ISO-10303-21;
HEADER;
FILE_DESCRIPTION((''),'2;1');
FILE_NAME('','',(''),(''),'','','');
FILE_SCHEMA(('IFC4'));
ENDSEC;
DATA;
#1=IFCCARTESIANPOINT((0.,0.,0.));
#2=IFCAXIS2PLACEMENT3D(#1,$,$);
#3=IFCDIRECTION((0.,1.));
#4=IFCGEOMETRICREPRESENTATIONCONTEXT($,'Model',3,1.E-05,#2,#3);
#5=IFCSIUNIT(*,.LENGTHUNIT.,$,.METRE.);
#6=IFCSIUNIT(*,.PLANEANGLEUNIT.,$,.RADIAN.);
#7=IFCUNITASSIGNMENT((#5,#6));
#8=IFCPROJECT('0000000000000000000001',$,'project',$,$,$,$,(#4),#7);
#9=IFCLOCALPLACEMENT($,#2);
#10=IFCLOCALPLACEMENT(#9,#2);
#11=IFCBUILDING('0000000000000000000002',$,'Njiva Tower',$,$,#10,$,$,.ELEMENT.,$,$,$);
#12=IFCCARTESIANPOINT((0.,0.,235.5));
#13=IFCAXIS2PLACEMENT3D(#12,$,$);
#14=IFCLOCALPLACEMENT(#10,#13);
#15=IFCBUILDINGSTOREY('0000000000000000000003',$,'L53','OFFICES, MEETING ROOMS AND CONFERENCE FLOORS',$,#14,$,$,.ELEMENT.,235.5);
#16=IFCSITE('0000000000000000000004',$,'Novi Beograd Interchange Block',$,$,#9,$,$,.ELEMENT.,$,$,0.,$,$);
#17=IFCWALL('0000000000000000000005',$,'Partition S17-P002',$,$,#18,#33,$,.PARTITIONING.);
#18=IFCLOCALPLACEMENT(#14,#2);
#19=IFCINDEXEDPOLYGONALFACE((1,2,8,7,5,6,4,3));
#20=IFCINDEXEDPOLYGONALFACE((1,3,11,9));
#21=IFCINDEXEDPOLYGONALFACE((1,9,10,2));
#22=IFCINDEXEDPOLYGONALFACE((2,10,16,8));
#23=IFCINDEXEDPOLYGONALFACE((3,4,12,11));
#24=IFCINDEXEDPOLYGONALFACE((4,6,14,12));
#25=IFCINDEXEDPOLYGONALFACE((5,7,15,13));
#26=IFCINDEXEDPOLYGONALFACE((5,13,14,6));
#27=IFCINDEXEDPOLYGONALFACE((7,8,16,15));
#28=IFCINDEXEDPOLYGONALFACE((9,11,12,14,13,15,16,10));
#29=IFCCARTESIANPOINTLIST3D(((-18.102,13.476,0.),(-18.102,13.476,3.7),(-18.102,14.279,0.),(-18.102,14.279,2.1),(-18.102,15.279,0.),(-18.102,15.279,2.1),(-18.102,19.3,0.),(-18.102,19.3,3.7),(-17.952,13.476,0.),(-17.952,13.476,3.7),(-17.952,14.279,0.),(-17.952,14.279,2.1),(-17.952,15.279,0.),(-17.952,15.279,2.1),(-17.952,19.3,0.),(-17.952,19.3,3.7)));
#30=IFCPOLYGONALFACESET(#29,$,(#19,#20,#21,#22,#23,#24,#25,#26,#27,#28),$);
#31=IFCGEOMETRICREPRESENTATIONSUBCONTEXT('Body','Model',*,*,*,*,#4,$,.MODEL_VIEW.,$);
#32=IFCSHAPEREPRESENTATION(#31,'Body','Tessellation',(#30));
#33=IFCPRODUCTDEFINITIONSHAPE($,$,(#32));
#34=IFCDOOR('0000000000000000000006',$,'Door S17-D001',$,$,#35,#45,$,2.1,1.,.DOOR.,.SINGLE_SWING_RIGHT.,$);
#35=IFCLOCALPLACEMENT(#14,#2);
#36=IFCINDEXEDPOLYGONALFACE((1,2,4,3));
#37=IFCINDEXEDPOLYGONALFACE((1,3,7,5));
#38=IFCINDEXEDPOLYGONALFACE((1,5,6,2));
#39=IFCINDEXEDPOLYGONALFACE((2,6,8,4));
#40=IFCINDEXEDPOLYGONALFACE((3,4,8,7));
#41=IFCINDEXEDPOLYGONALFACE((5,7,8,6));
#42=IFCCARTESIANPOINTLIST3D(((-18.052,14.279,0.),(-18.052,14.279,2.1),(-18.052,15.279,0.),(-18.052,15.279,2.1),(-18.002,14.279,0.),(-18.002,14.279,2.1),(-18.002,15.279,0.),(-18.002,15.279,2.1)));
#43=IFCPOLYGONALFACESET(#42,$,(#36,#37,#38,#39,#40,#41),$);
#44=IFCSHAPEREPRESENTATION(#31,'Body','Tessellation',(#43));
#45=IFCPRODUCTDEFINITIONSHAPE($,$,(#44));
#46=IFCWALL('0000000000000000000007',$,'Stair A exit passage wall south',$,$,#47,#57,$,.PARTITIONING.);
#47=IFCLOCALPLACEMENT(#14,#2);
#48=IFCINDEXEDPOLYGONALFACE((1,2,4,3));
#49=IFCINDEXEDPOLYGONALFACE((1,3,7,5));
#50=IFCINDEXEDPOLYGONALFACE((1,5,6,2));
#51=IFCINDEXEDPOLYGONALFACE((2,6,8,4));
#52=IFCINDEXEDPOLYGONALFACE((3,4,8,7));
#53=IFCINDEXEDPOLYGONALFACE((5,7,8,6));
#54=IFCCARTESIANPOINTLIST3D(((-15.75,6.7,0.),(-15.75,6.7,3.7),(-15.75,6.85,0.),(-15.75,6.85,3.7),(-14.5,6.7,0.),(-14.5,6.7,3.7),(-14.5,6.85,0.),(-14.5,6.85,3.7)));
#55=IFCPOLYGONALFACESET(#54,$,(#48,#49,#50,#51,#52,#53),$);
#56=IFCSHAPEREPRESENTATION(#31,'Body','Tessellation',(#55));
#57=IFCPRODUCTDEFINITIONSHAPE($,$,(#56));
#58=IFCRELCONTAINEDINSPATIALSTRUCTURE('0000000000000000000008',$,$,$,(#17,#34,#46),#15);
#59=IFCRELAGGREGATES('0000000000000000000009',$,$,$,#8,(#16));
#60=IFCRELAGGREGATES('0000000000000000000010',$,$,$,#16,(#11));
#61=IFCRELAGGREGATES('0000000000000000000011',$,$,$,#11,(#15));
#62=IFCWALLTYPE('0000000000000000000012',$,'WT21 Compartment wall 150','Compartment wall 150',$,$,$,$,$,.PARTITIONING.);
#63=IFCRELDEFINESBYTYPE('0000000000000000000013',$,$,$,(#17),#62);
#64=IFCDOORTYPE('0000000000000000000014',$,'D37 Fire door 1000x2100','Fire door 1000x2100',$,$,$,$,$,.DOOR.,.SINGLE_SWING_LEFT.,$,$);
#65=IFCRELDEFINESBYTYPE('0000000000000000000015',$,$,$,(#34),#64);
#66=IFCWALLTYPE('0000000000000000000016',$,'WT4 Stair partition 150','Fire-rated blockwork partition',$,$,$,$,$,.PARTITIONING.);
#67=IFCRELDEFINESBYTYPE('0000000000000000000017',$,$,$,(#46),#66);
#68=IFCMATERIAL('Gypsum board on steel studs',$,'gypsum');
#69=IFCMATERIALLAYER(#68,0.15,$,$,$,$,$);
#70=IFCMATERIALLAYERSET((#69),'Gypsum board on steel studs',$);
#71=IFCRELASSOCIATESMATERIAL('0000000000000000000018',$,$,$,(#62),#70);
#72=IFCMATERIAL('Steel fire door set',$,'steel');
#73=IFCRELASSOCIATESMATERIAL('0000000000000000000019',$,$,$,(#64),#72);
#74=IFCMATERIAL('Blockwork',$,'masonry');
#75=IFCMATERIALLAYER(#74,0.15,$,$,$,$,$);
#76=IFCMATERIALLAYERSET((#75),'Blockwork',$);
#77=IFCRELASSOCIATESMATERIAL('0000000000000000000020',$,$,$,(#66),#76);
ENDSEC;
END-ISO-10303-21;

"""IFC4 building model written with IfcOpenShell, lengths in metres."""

from ifc_helpers import new_model, si_unit, direction, frame, frame_2d, origin, place, context, subcontext, project, spatial, rectangle, extrude, material, layer, layer_set, type_object, element, fill, save


model = new_model("IFC4")

# Units and contexts
model_context = context("Model", 3, precision=1e-05, world=origin(), true_north=direction((0.0, 1.0)))
body_context = subcontext(model_context, "Body", "Model", "MODEL_VIEW")
ifc_project = project(units=[si_unit("LENGTHUNIT", "METRE"), si_unit("PLANEANGLEUNIT", "RADIAN")], contexts=[model_context])

# Site, building, storey
site_placement = place(None, origin())
site = spatial("IfcSite", under=ifc_project, at=site_placement, Name="Novi Beograd Interchange Block", CompositionType="ELEMENT", RefElevation=0.0)
building_placement = place(site_placement, origin())
building = spatial("IfcBuilding", under=site, at=building_placement, Name="Njiva Tower", CompositionType="ELEMENT")
storey_placement = place(building_placement, frame((0.0, 0.0, 235.5)))
storey = spatial("IfcBuildingStorey", under=building, at=storey_placement, Name="L53", Description="OFFICES, MEETING ROOMS AND CONFERENCE FLOORS", CompositionType="ELEMENT", Elevation=235.5)

# Shared definitions
ifc_material_1 = material(Name="Blockwork", Category="masonry")

# Shared definitions
ifc_material_2 = material(Name="Gypsum board on steel studs", Category="gypsum")

# Wall, opening, door
ifc_layer_1 = layer(ifc_material_2, 0.15)
ifc_layer_set_1 = layer_set([ifc_layer_1], Name="Gypsum board on steel studs")
wall_type_1 = type_object("IfcWallType", Name="WT21 Compartment wall 150", Description="Compartment wall 150", PredefinedType="PARTITIONING", material=ifc_layer_set_1)
wall_1_placement = place(storey_placement, frame((-18.027, 13.476, 0.0), z_axis=(0.0, 0.0, 1.0), x_axis=(0.0, 1.0, 0.0)))
wall_1 = element("IfcWall", 1, at=wall_1_placement, inside=storey, type_object=wall_type_1, Name="Partition S17-P002", PredefinedType="PARTITIONING", context=body_context, shape_type="SweptSolid", body=[
    extrude(rectangle(XDim=5.824, YDim=0.15, at=frame_2d((2.912, 0.0))), origin(), (0.0, 0.0, 1.0), 3.7),
])
opening_1_placement = place(wall_1_placement, frame((0.803, 0.0, 0.0)))
opening_1 = element("IfcOpeningElement", 2, at=opening_1_placement, cuts=wall_1, PredefinedType="OPENING", context=body_context, shape_type="SweptSolid", body=[
    extrude(rectangle(XDim=1.0, YDim=2.1, at=frame_2d((0.5, 1.05))), frame((0.0, 0.085, 0.0), z_axis=(0.0, -1.0, 0.0), x_axis=(1.0, 0.0, 0.0)), (0.0, 0.0, 1.0), 0.17),
])
ifc_material_3 = material(Name="Steel fire door set", Category="steel")
door_type_1 = type_object("IfcDoorType", Name="D37 Fire door 1000x2100", Description="Fire door 1000x2100", OperationType="SINGLE_SWING_LEFT", PredefinedType="DOOR", material=ifc_material_3)
door_1_placement = place(opening_1_placement, origin())
door_1 = element("IfcDoor", 3, at=door_1_placement, inside=storey, type_object=door_type_1, Name="Door S17-D001", OperationType="SINGLE_SWING_RIGHT", OverallHeight=2.1, OverallWidth=1.0, PredefinedType="DOOR", context=body_context, shape_type="SweptSolid", body=[
    extrude(rectangle(XDim=1.0, YDim=2.1, at=frame_2d((0.5, 1.05))), frame((0.0, 0.025, 0.0), z_axis=(0.0, -1.0, 0.0), x_axis=(1.0, 0.0, 0.0)), (0.0, 0.0, 1.0), 0.05),
])
fill(opening_1, door_1)

# Wall
ifc_layer_2 = layer(ifc_material_1, 0.15)
ifc_layer_set_2 = layer_set([ifc_layer_2], Name="Blockwork")
wall_type_2 = type_object("IfcWallType", Name="WT4 Stair partition 150", Description="Fire-rated blockwork partition", PredefinedType="PARTITIONING", material=ifc_layer_set_2)
wall_2_placement = place(storey_placement, frame((-15.75, 6.775, 0.0), z_axis=(0.0, 0.0, 1.0), x_axis=(1.0, 0.0, 0.0)))
element("IfcWall", 4, at=wall_2_placement, inside=storey, type_object=wall_type_2, Name="Stair A exit passage wall south", PredefinedType="PARTITIONING", context=body_context, shape_type="SweptSolid", body=[
    extrude(rectangle(XDim=1.25, YDim=0.15, at=frame_2d((0.625, 0.0))), origin(), (0.0, 0.0, 1.0), 3.7),
])

save(model, "model.ifc")
